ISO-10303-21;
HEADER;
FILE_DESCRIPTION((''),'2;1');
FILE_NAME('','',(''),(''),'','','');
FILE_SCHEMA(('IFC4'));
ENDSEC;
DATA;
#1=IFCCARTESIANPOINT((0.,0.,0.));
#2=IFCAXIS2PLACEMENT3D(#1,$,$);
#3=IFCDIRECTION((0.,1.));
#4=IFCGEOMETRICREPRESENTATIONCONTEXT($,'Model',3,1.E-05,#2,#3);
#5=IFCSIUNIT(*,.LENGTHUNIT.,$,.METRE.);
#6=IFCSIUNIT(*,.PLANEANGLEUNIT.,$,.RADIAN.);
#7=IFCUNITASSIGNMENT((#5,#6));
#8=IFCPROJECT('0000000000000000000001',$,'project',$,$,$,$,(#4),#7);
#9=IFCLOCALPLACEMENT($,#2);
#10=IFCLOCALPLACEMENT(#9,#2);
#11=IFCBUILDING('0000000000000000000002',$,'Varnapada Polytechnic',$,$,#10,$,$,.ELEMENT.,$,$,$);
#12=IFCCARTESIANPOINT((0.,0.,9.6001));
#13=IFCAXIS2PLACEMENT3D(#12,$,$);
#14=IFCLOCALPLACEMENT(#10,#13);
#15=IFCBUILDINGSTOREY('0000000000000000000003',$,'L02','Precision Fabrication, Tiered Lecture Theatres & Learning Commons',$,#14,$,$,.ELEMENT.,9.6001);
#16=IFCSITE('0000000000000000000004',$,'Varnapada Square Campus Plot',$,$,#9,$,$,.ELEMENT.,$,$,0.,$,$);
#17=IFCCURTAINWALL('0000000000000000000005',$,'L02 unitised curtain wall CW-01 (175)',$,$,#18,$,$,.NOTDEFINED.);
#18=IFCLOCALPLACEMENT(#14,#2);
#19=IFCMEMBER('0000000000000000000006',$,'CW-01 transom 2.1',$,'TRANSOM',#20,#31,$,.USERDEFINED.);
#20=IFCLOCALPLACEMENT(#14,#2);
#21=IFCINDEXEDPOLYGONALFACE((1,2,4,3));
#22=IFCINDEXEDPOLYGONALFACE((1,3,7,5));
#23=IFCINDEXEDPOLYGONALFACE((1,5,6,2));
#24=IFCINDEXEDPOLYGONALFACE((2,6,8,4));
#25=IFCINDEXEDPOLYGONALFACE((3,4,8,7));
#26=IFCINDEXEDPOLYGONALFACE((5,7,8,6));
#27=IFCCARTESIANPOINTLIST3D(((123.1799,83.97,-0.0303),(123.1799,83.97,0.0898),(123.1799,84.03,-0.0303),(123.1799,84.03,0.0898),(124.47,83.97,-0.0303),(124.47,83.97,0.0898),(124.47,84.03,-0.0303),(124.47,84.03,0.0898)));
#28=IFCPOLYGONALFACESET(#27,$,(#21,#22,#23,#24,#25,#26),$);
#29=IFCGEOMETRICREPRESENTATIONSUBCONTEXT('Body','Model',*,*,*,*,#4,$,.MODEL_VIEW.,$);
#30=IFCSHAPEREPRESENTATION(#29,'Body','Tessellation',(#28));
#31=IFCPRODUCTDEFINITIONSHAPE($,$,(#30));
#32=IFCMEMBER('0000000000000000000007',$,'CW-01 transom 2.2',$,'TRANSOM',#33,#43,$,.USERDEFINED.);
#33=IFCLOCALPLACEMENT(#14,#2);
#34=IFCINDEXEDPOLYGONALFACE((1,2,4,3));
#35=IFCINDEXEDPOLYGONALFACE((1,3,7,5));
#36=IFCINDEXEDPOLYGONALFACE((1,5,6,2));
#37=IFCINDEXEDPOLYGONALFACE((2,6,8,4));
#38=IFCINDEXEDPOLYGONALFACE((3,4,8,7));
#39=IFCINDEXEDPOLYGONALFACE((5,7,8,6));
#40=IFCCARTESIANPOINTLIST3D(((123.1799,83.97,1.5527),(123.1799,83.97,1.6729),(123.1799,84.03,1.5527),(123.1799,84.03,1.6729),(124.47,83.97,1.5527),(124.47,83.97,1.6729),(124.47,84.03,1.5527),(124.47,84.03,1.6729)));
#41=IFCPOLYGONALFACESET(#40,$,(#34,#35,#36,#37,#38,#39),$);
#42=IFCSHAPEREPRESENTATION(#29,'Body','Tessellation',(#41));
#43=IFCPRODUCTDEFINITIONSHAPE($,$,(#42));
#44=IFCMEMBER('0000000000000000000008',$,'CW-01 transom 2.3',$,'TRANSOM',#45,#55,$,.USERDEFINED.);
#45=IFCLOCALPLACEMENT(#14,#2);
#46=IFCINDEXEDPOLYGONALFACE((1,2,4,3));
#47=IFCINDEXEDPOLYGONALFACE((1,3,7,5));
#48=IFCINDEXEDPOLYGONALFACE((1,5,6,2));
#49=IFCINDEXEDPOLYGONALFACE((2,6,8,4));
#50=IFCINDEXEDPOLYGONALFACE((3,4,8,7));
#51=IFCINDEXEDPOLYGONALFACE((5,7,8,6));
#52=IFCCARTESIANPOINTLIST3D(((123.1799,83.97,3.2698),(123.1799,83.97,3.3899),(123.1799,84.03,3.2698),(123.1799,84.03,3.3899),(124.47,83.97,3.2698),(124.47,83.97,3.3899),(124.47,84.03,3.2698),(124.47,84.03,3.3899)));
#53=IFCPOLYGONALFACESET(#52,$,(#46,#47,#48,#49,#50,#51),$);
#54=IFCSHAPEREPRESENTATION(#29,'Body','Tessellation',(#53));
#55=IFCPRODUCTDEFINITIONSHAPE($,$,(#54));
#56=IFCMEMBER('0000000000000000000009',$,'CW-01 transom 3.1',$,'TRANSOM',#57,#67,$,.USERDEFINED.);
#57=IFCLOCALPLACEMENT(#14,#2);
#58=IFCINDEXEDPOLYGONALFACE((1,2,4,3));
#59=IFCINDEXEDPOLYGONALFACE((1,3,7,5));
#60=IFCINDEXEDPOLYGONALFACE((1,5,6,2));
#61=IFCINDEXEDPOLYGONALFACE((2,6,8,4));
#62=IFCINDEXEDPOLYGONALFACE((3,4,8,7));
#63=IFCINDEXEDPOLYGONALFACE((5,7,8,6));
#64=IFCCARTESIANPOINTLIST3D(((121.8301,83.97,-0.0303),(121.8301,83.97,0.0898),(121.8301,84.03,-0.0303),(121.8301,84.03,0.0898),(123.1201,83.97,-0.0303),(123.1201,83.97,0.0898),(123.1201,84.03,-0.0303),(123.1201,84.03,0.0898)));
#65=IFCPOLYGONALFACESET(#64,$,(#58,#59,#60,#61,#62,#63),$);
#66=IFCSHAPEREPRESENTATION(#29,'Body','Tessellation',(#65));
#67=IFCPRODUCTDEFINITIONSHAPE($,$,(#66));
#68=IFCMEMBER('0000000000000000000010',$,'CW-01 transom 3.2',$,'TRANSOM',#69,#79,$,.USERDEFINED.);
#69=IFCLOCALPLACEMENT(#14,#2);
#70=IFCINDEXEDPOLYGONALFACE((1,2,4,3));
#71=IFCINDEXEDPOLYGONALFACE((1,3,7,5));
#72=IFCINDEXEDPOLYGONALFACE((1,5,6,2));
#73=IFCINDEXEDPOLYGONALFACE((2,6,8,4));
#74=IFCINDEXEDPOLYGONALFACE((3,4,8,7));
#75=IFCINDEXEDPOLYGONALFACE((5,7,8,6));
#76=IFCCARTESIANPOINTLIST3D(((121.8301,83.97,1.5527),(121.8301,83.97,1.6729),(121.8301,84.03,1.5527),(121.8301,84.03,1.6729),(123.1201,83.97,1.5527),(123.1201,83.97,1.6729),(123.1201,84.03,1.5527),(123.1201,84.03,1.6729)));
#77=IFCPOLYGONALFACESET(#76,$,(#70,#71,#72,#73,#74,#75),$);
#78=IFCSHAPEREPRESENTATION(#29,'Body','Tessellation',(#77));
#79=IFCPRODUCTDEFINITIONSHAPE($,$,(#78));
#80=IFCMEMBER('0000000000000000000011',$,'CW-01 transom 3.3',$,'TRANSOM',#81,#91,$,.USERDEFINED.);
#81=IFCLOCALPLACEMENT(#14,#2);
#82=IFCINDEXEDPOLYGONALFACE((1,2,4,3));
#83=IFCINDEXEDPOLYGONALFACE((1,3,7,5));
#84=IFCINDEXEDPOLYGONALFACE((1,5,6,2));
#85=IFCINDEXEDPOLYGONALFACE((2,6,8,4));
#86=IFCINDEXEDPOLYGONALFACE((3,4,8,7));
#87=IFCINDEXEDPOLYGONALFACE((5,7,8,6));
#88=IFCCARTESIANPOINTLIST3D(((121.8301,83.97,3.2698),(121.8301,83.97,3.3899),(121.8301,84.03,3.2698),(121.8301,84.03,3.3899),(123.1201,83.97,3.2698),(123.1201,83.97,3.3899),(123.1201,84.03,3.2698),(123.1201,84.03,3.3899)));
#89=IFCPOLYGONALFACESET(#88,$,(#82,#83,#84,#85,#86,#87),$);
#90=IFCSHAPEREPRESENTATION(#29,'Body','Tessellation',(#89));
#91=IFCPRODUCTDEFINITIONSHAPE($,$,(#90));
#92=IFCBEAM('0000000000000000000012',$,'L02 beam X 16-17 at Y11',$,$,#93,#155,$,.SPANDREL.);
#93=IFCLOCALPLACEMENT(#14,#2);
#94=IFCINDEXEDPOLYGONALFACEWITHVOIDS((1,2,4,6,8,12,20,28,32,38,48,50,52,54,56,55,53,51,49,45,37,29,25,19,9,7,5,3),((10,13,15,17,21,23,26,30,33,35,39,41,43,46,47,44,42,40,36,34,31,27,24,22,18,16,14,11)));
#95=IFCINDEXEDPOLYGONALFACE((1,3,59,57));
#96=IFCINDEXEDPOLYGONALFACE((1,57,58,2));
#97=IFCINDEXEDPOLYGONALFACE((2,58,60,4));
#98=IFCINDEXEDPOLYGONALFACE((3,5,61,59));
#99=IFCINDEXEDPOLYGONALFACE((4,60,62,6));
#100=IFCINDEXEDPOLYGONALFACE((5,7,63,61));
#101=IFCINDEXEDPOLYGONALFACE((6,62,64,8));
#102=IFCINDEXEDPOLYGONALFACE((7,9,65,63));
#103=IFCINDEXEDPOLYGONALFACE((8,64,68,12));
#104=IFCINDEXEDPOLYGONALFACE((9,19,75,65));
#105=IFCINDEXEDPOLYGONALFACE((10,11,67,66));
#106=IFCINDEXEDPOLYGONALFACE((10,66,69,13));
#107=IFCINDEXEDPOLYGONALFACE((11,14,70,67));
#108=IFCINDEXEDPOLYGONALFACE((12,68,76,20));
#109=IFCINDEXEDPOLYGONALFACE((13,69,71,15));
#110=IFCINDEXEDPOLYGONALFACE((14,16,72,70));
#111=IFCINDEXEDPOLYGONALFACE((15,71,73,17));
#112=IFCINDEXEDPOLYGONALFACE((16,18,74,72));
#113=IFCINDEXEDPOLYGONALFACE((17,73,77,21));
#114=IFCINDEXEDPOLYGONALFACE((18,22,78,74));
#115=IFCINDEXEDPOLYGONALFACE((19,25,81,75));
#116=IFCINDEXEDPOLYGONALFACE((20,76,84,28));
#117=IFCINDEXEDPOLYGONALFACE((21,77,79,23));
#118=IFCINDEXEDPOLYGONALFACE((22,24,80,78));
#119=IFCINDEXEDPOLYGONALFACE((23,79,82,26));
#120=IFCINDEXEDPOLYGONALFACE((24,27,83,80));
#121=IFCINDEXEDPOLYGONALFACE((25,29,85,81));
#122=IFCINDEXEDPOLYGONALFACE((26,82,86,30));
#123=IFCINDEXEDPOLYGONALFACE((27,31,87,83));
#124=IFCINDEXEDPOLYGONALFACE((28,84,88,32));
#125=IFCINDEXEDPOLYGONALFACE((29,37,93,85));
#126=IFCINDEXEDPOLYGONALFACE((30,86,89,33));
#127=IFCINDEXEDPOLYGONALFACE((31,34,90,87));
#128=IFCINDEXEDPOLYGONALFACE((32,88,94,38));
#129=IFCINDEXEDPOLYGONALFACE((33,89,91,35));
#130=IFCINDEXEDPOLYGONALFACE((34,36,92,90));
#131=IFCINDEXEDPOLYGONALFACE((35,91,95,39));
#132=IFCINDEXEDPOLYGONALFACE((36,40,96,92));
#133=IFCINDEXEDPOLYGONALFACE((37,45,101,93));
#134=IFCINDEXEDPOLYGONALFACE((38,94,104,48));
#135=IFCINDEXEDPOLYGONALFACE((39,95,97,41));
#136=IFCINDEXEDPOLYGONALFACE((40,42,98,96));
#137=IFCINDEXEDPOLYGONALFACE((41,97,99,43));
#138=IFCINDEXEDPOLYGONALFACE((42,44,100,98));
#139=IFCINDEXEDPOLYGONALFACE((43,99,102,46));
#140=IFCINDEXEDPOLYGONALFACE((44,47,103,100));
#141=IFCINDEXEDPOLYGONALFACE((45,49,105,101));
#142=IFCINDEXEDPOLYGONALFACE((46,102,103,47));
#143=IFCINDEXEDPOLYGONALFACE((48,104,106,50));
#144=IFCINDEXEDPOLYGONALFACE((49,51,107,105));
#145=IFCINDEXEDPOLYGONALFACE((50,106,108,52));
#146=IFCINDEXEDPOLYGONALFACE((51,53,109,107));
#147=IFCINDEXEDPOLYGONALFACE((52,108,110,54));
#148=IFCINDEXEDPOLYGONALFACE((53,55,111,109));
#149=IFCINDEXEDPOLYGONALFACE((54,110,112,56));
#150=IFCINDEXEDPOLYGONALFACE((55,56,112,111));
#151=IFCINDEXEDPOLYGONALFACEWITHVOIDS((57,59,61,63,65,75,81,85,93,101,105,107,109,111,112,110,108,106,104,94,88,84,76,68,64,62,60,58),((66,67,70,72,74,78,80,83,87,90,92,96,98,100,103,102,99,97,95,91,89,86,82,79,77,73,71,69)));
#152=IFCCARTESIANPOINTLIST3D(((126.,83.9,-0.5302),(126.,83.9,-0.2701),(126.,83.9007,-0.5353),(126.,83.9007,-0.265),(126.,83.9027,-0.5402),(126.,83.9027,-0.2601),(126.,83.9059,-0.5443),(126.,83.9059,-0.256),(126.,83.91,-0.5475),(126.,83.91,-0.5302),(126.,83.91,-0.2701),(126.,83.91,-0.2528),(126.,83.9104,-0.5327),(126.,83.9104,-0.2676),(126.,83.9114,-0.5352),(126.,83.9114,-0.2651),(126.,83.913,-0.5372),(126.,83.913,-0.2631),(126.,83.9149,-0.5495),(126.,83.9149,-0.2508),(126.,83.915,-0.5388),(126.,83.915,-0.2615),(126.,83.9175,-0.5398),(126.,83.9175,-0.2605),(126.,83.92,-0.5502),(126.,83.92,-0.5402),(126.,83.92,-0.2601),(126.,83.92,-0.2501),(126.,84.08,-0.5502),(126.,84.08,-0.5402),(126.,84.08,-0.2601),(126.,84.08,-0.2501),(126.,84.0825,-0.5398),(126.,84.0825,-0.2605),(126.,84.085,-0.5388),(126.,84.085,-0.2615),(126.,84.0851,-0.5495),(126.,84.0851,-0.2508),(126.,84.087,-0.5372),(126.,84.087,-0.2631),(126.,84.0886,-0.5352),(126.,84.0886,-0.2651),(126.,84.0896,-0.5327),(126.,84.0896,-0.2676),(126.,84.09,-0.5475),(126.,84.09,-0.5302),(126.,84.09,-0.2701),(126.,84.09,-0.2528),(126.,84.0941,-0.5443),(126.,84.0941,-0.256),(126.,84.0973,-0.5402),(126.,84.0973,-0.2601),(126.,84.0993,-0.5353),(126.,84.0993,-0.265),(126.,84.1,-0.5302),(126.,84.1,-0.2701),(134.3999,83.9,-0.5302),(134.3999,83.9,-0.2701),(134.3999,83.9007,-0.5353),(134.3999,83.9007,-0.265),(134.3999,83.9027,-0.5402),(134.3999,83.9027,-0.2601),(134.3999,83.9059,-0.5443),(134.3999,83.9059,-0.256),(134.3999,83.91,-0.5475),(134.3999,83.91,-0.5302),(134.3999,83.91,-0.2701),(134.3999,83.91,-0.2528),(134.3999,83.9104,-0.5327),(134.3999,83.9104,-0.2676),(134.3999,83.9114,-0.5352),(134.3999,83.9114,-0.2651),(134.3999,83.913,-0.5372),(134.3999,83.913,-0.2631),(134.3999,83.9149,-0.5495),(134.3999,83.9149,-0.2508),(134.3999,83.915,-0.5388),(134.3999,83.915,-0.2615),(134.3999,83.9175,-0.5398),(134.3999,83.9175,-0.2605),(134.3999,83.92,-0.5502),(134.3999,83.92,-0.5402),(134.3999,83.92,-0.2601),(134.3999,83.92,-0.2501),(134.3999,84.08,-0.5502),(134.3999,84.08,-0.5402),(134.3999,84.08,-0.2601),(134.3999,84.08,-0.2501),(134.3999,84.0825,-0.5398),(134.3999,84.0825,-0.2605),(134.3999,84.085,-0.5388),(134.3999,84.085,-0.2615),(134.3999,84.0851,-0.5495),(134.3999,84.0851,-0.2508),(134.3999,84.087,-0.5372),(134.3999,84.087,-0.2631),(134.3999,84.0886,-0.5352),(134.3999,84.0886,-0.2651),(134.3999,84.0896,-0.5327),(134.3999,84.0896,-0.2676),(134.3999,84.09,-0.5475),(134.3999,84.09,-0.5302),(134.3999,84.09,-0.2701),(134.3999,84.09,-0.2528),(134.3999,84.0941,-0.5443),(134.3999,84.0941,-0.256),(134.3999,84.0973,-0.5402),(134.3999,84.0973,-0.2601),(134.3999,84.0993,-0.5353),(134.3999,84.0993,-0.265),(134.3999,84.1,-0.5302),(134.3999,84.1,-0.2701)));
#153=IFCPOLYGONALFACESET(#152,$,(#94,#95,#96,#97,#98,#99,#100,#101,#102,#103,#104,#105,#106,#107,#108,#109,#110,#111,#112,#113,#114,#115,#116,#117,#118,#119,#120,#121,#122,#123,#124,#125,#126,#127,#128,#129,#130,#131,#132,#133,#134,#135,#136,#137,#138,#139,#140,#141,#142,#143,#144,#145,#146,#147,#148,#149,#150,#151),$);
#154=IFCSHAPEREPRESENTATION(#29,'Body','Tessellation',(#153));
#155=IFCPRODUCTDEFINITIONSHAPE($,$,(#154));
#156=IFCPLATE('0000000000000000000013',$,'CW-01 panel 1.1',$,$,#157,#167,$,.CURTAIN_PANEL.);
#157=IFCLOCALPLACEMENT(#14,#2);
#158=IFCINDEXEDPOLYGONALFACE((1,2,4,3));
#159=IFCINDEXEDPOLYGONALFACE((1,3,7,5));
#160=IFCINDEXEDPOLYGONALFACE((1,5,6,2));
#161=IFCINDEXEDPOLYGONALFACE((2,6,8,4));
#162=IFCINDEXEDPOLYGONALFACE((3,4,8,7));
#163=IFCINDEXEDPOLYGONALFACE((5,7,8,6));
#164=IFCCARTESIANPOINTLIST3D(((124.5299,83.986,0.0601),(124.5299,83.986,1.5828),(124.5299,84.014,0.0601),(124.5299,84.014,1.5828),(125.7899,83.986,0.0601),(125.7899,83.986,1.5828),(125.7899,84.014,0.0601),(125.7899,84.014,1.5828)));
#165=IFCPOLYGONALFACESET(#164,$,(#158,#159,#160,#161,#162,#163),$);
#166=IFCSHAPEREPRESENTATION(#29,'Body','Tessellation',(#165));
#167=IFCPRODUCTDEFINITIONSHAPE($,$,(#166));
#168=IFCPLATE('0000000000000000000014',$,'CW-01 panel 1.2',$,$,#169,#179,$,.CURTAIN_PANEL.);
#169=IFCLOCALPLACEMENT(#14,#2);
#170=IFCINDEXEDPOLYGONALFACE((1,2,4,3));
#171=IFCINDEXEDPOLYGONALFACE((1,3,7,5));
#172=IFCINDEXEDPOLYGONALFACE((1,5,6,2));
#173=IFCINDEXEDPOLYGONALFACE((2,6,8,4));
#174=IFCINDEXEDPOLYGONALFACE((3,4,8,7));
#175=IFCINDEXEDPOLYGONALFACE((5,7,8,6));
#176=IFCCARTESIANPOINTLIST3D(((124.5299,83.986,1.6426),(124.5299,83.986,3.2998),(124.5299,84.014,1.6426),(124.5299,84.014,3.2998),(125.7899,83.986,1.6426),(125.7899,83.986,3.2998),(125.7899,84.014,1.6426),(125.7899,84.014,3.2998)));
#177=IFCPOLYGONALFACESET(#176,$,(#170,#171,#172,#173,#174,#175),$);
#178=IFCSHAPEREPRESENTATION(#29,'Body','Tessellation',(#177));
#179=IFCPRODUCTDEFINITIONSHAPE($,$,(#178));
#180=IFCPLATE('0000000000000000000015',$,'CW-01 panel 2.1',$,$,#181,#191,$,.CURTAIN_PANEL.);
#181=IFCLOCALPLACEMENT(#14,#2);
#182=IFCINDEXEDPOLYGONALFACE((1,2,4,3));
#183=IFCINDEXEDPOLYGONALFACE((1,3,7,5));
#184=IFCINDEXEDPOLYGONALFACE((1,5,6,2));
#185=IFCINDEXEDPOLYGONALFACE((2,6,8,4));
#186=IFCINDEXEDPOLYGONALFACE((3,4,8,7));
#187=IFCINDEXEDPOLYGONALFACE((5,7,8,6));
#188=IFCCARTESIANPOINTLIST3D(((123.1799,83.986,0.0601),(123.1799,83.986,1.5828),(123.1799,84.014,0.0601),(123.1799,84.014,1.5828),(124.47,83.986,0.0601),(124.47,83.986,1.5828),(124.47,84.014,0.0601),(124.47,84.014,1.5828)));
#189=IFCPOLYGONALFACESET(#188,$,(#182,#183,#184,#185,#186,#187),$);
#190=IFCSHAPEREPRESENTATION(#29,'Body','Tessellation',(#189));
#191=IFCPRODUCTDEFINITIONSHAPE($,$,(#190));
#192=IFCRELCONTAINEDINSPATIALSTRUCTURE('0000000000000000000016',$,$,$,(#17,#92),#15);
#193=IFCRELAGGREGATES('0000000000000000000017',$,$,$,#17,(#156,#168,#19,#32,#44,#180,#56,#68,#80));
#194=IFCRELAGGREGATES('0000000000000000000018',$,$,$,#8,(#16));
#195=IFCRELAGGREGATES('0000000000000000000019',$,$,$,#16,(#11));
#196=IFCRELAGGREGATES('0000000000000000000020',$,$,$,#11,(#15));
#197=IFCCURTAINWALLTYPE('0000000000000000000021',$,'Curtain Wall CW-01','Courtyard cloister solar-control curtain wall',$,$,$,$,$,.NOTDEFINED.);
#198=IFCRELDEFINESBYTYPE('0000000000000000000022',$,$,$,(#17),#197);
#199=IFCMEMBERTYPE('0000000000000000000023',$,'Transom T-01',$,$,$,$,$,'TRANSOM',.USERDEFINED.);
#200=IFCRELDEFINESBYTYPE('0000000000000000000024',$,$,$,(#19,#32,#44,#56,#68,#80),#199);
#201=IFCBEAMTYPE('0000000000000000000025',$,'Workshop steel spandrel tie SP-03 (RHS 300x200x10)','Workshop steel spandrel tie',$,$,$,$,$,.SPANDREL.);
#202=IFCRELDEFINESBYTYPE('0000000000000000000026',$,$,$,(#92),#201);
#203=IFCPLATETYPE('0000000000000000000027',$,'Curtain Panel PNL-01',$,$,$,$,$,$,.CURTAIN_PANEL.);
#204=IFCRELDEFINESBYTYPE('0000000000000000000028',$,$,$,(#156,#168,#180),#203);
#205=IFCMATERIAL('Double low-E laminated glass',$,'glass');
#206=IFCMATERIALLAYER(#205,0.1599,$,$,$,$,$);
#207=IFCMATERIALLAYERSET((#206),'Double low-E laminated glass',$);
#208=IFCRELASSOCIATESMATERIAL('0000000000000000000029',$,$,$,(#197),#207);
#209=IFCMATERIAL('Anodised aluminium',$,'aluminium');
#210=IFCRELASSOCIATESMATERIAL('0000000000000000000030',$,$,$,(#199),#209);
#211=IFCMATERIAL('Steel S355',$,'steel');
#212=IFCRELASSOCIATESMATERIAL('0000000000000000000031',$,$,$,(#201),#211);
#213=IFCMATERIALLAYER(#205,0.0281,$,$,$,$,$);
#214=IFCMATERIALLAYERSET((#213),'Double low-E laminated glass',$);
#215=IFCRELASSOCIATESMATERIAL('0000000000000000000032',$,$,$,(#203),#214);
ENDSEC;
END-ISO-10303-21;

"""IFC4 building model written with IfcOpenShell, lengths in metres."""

from ifc_helpers import new_model, si_unit, direction, frame, origin, origin_2d, place, context, subcontext, project, spatial, rectangle, hollow_rectangle, extrude, material, layer, layer_set, material_profile, profile_set, type_object, element, aggregate, save


model = new_model("IFC4")

# Units and contexts
model_context = context("Model", 3, precision=1e-05, world=origin(), true_north=direction((0.0, 1.0)))
body_context = subcontext(model_context, "Body", "Model", "MODEL_VIEW")
ifc_project = project(units=[si_unit("LENGTHUNIT", "METRE"), si_unit("PLANEANGLEUNIT", "RADIAN")], contexts=[model_context])

# Site, building, storey
site_placement = place(None, origin())
site = spatial("IfcSite", under=ifc_project, at=site_placement, Name="Varnapada Square Campus Plot", CompositionType="ELEMENT", RefElevation=0.0)
building_placement = place(site_placement, origin())
building = spatial("IfcBuilding", under=site, at=building_placement, Name="Varnapada Polytechnic", CompositionType="ELEMENT")
storey_placement = place(building_placement, frame((0.0, 0.0, 9.6001)))
storey = spatial("IfcBuildingStorey", under=building, at=storey_placement, Name="L02", Description="Precision Fabrication, Tiered Lecture Theatres & Learning Commons", CompositionType="ELEMENT", Elevation=9.6001)

# Shared definitions
ifc_material_1 = material(Name="Steel S355", Category="steel")

# Curtain wall
ifc_material_2 = material(Name="Double low-E laminated glass", Category="glass")
ifc_layer_1 = layer(ifc_material_2, 0.1599)
ifc_layer_set_1 = layer_set([ifc_layer_1], Name="Double low-E laminated glass")
curtain_wall_type = type_object("IfcCurtainWallType", Name="Curtain Wall CW-01", Description="Courtyard cloister solar-control curtain wall", PredefinedType="NOTDEFINED", material=ifc_layer_set_1)
curtain_wall_1_placement = place(storey_placement, origin())
curtain_wall_1 = element("IfcCurtainWall", 1, at=curtain_wall_1_placement, inside=storey, type_object=curtain_wall_type, Name="L02 unitised curtain wall CW-01 (175)", PredefinedType="NOTDEFINED")
ifc_material_3 = material(Name="Anodised aluminium", Category="aluminium")

# Members
ifc_material_profile_1 = material_profile(ifc_material_3, rectangle(XDim=0.0601, YDim=0.1201, at=origin_2d()), Name="ALU T60x120")
ifc_profile_set_1 = profile_set([ifc_material_profile_1], Name="Anodised aluminium")
member_type_1 = type_object("IfcMemberType", Name="Transom T-01", ElementType="TRANSOM", PredefinedType="USERDEFINED", material=ifc_profile_set_1)
member_1_placement = place(storey_placement, frame((124.47, 84.0, 0.0298), z_axis=(-1.0, 0.0, 0.0), x_axis=(0.0, -1.0, 0.0)))
member_1 = element("IfcMember", 2, at=member_1_placement, type_object=member_type_1, Name="CW-01 transom 2.1", ObjectType="TRANSOM", PredefinedType="USERDEFINED", context=body_context, shape_type="SweptSolid", body=[
    extrude(rectangle(XDim=0.0601, YDim=0.1201, at=origin_2d()), origin(), (0.0, 0.0, 1.0), 1.29),
])
member_2_placement = place(storey_placement, frame((124.47, 84.0, 1.6128), z_axis=(-1.0, 0.0, 0.0), x_axis=(0.0, -1.0, 0.0)))
member_2 = element("IfcMember", 3, at=member_2_placement, type_object=member_type_1, Name="CW-01 transom 2.2", ObjectType="TRANSOM", PredefinedType="USERDEFINED", context=body_context, shape_type="SweptSolid", body=[
    extrude(rectangle(XDim=0.0601, YDim=0.1201, at=origin_2d()), origin(), (0.0, 0.0, 1.0), 1.29),
])
member_3_placement = place(storey_placement, frame((124.47, 84.0, 3.3298), z_axis=(-1.0, 0.0, 0.0), x_axis=(0.0, -1.0, 0.0)))
member_3 = element("IfcMember", 4, at=member_3_placement, type_object=member_type_1, Name="CW-01 transom 2.3", ObjectType="TRANSOM", PredefinedType="USERDEFINED", context=body_context, shape_type="SweptSolid", body=[
    extrude(rectangle(XDim=0.0601, YDim=0.1201, at=origin_2d()), origin(), (0.0, 0.0, 1.0), 1.29),
])
member_4_placement = place(storey_placement, frame((123.1201, 84.0, 0.0298), z_axis=(-1.0, 0.0, 0.0), x_axis=(0.0, -1.0, 0.0)))
member_4 = element("IfcMember", 5, at=member_4_placement, type_object=member_type_1, Name="CW-01 transom 3.1", ObjectType="TRANSOM", PredefinedType="USERDEFINED", context=body_context, shape_type="SweptSolid", body=[
    extrude(rectangle(XDim=0.0601, YDim=0.1201, at=origin_2d()), origin(), (0.0, 0.0, 1.0), 1.29),
])
member_5_placement = place(storey_placement, frame((123.1201, 84.0, 1.6128), z_axis=(-1.0, 0.0, 0.0), x_axis=(0.0, -1.0, 0.0)))
member_5 = element("IfcMember", 6, at=member_5_placement, type_object=member_type_1, Name="CW-01 transom 3.2", ObjectType="TRANSOM", PredefinedType="USERDEFINED", context=body_context, shape_type="SweptSolid", body=[
    extrude(rectangle(XDim=0.0601, YDim=0.1201, at=origin_2d()), origin(), (0.0, 0.0, 1.0), 1.29),
])
member_6_placement = place(storey_placement, frame((123.1201, 84.0, 3.3298), z_axis=(-1.0, 0.0, 0.0), x_axis=(0.0, -1.0, 0.0)))
member_6 = element("IfcMember", 7, at=member_6_placement, type_object=member_type_1, Name="CW-01 transom 3.3", ObjectType="TRANSOM", PredefinedType="USERDEFINED", context=body_context, shape_type="SweptSolid", body=[
    extrude(rectangle(XDim=0.0601, YDim=0.1201, at=origin_2d()), origin(), (0.0, 0.0, 1.0), 1.29),
])

# Beam
ifc_material_profile_2 = material_profile(ifc_material_1, hollow_rectangle(XDim=0.2, YDim=0.3, WallThickness=0.01, InnerFilletRadius=0.01, OuterFilletRadius=0.02, at=origin_2d()), Name="RHS 300x200x10")
ifc_profile_set_2 = profile_set([ifc_material_profile_2], Name="Steel S355")
beam_type_1 = type_object("IfcBeamType", Name="Workshop steel spandrel tie SP-03 (RHS 300x200x10)", Description="Workshop steel spandrel tie", PredefinedType="SPANDREL", material=ifc_profile_set_2)
beam_1_placement = place(storey_placement, frame((126.0, 84.0, -0.4001), z_axis=(1.0, 0.0, 0.0), x_axis=(0.0, 1.0, 0.0)))
element("IfcBeam", 8, at=beam_1_placement, inside=storey, type_object=beam_type_1, Name="L02 beam X 16-17 at Y11", PredefinedType="SPANDREL", context=body_context, shape_type="SweptSolid", body=[
    extrude(hollow_rectangle(XDim=0.2, YDim=0.3, WallThickness=0.01, InnerFilletRadius=0.01, OuterFilletRadius=0.02, at=origin_2d()), origin(), (0.0, 0.0, 1.0), 8.3999),
])

# Plates
ifc_layer_2 = layer(ifc_material_2, 0.0281)
ifc_layer_set_2 = layer_set([ifc_layer_2], Name="Double low-E laminated glass")
plate_type = type_object("IfcPlateType", Name="Curtain Panel PNL-01", PredefinedType="CURTAIN_PANEL", material=ifc_layer_set_2)
plate_1_placement = place(storey_placement, frame((125.1599, 84.0, 0.0601), z_axis=(0.0, 0.0, 1.0), x_axis=(-1.0, 0.0, 0.0)))
plate_1 = element("IfcPlate", 9, at=plate_1_placement, type_object=plate_type, Name="CW-01 panel 1.1", PredefinedType="CURTAIN_PANEL", context=body_context, shape_type="SweptSolid", body=[
    extrude(rectangle(XDim=1.26, YDim=0.0281, at=origin_2d()), origin(), (0.0, 0.0, 1.0), 1.5227),
])
plate_2_placement = place(storey_placement, frame((125.1599, 84.0, 1.6426), z_axis=(0.0, 0.0, 1.0), x_axis=(-1.0, 0.0, 0.0)))
plate_2 = element("IfcPlate", 10, at=plate_2_placement, type_object=plate_type, Name="CW-01 panel 1.2", PredefinedType="CURTAIN_PANEL", context=body_context, shape_type="SweptSolid", body=[
    extrude(rectangle(XDim=1.26, YDim=0.0281, at=origin_2d()), origin(), (0.0, 0.0, 1.0), 1.6572),
])
plate_3_placement = place(storey_placement, frame((123.825, 84.0, 0.0601), z_axis=(0.0, 0.0, 1.0), x_axis=(-1.0, 0.0, 0.0)))
plate_3 = element("IfcPlate", 11, at=plate_3_placement, type_object=plate_type, Name="CW-01 panel 2.1", PredefinedType="CURTAIN_PANEL", context=body_context, shape_type="SweptSolid", body=[
    extrude(rectangle(XDim=1.29, YDim=0.0281, at=origin_2d()), origin(), (0.0, 0.0, 1.0), 1.5227),
])
aggregate(curtain_wall_1, [plate_1, plate_2, member_1, member_2, member_3, plate_3, member_4, member_5, member_6])

save(model, "model.ifc")
